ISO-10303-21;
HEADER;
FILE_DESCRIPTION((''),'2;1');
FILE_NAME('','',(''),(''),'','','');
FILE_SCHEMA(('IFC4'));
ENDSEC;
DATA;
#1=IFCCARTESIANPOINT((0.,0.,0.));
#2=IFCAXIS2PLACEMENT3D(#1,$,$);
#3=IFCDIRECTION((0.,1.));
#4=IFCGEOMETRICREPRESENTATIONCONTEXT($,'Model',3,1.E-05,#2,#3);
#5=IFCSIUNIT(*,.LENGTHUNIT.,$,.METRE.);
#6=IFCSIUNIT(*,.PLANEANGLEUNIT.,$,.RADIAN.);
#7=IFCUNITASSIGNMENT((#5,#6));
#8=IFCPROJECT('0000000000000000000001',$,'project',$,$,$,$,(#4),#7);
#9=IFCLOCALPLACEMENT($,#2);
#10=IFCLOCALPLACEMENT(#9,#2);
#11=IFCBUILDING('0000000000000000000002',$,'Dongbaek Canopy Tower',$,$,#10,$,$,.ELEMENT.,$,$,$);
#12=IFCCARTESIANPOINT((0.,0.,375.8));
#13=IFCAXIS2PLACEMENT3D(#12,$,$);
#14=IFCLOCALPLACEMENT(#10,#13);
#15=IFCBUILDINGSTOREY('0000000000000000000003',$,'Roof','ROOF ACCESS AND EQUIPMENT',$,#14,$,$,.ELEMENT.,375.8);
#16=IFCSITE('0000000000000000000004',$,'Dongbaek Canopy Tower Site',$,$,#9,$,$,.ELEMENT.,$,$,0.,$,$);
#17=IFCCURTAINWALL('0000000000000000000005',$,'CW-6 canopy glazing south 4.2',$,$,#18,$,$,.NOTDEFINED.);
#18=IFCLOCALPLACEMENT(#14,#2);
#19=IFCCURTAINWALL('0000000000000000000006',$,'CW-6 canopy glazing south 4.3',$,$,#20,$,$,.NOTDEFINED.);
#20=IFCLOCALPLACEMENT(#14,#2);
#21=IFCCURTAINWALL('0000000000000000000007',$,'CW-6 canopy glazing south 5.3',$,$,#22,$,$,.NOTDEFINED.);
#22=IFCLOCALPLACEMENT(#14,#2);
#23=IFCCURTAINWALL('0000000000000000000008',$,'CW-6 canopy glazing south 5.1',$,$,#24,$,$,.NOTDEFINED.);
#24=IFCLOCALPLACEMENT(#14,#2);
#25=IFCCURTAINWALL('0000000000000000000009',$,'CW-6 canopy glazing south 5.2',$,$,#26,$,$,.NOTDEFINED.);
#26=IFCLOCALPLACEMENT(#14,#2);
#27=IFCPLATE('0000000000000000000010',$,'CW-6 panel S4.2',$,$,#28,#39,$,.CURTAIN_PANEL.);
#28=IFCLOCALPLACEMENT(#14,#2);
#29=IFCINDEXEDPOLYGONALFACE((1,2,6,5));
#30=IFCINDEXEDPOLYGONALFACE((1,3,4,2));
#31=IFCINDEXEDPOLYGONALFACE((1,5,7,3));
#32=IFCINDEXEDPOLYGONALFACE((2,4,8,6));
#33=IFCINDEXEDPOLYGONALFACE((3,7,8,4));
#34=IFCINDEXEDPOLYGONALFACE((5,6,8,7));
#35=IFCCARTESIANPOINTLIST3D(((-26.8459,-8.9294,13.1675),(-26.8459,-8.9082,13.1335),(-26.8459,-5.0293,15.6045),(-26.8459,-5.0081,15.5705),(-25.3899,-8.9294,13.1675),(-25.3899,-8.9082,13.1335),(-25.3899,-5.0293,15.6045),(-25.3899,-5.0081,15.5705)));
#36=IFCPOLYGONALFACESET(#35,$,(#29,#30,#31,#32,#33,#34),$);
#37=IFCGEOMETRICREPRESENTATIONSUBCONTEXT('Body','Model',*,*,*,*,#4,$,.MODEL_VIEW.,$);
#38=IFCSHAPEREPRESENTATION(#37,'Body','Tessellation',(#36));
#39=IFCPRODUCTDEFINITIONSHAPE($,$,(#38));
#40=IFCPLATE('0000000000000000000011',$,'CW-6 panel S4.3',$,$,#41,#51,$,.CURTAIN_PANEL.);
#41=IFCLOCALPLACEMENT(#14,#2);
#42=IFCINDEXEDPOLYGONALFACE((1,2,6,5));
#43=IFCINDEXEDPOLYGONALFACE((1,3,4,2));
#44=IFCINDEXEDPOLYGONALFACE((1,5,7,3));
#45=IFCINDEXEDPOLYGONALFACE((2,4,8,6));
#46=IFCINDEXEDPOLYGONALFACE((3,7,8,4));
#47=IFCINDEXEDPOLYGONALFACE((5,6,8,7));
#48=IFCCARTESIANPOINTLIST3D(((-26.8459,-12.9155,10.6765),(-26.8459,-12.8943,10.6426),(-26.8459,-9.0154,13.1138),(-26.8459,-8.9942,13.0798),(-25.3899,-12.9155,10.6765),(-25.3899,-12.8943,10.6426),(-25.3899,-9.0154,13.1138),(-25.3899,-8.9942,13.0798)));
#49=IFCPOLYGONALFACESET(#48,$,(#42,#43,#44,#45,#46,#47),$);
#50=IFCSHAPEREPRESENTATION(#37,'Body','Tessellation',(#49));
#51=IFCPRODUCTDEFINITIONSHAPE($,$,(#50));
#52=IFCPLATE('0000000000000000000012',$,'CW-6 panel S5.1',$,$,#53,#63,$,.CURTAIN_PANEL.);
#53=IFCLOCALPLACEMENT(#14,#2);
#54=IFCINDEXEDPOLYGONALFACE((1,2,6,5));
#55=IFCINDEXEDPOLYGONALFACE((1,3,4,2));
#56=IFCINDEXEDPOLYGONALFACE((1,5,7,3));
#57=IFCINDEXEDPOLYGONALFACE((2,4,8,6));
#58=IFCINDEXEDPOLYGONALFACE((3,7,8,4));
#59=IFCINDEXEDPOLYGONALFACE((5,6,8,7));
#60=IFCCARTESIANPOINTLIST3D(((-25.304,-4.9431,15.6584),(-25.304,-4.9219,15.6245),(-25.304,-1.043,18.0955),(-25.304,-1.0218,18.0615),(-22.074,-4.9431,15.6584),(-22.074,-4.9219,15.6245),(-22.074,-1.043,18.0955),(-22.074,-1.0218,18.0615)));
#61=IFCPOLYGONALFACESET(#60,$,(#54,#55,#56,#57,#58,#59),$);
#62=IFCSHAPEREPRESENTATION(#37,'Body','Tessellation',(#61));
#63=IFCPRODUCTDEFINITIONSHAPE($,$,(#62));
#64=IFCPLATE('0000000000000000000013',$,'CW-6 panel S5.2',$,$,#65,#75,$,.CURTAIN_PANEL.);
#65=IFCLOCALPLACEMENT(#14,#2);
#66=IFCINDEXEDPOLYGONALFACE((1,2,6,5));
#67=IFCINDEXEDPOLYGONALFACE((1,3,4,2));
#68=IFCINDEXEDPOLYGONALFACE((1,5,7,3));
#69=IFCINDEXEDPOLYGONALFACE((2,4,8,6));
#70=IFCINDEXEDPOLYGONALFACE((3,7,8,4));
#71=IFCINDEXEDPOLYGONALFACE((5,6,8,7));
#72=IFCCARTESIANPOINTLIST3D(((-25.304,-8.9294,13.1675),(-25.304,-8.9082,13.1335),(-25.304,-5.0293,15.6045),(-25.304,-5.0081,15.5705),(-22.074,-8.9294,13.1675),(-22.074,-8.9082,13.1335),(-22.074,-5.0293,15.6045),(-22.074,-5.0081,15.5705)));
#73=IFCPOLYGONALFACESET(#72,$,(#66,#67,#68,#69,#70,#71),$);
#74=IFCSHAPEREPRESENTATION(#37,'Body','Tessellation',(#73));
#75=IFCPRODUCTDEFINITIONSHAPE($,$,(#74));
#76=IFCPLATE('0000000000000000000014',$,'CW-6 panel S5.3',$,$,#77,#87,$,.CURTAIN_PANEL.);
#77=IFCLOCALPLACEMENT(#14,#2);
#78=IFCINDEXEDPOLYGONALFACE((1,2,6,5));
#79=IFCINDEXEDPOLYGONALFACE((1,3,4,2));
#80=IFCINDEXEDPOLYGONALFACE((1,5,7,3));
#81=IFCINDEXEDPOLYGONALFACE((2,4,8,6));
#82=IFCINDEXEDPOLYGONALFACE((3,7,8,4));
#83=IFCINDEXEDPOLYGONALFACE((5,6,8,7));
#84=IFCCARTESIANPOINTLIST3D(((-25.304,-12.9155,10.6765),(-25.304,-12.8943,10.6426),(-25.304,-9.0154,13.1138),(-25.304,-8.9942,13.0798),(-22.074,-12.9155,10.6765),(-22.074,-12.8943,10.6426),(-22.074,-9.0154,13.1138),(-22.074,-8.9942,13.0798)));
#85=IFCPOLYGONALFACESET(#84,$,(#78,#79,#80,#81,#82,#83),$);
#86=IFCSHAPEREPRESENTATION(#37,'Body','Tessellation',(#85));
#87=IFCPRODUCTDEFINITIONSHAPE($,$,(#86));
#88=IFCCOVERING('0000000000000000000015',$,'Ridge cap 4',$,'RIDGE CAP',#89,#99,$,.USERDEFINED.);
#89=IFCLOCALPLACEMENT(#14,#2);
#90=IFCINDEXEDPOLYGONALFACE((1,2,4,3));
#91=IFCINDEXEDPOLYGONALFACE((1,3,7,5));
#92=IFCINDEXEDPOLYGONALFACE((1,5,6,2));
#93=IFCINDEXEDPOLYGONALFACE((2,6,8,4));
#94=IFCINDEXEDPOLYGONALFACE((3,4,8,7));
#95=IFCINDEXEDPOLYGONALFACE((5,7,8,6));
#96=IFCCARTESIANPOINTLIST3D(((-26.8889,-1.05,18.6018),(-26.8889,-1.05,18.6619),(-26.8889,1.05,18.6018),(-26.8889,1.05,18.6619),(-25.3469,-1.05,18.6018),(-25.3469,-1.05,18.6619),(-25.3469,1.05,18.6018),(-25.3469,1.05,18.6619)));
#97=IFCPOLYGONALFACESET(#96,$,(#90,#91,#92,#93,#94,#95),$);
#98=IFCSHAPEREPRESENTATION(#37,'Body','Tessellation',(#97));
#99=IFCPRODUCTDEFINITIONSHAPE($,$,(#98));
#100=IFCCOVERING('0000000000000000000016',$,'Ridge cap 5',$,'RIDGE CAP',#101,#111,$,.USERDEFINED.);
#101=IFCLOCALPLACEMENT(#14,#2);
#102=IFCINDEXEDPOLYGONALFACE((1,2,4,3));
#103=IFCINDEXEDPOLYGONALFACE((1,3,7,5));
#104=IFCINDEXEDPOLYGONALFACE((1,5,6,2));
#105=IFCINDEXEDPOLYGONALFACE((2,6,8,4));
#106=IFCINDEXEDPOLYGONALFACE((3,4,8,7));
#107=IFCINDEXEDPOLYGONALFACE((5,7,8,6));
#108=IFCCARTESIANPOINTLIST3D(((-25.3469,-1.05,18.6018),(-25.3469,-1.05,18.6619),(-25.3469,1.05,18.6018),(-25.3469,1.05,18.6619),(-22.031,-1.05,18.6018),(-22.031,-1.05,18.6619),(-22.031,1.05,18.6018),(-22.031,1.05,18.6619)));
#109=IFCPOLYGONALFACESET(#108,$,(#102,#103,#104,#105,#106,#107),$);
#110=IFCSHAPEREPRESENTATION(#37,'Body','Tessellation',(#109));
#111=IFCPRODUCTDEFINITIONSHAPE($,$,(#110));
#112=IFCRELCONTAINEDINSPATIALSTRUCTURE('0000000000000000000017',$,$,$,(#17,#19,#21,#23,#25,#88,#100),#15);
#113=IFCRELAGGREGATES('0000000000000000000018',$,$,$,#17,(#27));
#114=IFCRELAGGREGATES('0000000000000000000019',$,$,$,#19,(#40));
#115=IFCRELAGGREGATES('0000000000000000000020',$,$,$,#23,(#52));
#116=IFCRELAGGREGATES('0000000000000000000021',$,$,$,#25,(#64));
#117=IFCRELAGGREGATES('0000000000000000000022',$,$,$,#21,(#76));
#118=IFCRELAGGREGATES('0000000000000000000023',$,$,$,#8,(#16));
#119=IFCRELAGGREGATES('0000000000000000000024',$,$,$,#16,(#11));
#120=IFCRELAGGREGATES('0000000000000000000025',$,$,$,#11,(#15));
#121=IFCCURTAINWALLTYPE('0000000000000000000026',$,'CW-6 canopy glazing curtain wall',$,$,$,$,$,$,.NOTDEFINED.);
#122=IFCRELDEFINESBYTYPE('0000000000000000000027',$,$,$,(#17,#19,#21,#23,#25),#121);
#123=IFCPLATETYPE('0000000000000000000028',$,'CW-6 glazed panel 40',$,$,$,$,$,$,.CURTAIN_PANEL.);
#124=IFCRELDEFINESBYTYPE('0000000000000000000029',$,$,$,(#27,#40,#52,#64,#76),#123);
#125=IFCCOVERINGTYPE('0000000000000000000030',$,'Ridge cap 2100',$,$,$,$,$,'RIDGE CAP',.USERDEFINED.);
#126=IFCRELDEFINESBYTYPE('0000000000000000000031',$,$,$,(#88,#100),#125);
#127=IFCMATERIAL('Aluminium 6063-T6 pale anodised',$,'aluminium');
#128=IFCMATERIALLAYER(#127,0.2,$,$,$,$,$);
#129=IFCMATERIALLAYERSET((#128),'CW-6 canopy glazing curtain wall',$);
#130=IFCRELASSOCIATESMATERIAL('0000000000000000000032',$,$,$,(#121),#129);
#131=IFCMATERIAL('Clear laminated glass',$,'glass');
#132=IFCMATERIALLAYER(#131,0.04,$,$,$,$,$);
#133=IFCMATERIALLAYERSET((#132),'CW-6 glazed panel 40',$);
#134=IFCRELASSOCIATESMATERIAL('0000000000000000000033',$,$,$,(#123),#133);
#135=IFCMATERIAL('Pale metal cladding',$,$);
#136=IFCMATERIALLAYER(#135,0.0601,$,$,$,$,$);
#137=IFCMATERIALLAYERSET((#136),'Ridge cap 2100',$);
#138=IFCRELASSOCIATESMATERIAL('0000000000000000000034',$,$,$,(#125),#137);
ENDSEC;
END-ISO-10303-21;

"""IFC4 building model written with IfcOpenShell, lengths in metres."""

from ifc_helpers import new_model, si_unit, direction, frame, origin, origin_2d, place, context, subcontext, project, spatial, polyline, rectangle, outline, extrude, material, layer, layer_set, type_object, element, aggregate, save


model = new_model("IFC4")

# Units and contexts
model_context = context("Model", 3, precision=1e-05, world=origin(), true_north=direction((0.0, 1.0)))
body_context = subcontext(model_context, "Body", "Model", "MODEL_VIEW")
ifc_project = project(units=[si_unit("LENGTHUNIT", "METRE"), si_unit("PLANEANGLEUNIT", "RADIAN")], contexts=[model_context])

# Site, building, storey
site_placement = place(None, origin())
site = spatial("IfcSite", under=ifc_project, at=site_placement, Name="Dongbaek Canopy Tower Site", CompositionType="ELEMENT", RefElevation=0.0)
building_placement = place(site_placement, origin())
building = spatial("IfcBuilding", under=site, at=building_placement, Name="Dongbaek Canopy Tower", CompositionType="ELEMENT")
storey_placement = place(building_placement, frame((0.0, 0.0, 375.8)))
storey = spatial("IfcBuildingStorey", under=building, at=storey_placement, Name="Roof", Description="ROOF ACCESS AND EQUIPMENT", CompositionType="ELEMENT", Elevation=375.8)

# Curtain walls
ifc_material_1 = material(Name="Aluminium 6063-T6 pale anodised", Category="aluminium")
ifc_layer_1 = layer(ifc_material_1, 0.2)
ifc_layer_set_1 = layer_set([ifc_layer_1], Name="CW-6 canopy glazing curtain wall")
curtain_wall_type = type_object("IfcCurtainWallType", Name="CW-6 canopy glazing curtain wall", PredefinedType="NOTDEFINED", material=ifc_layer_set_1)
curtain_wall_1_placement = place(storey_placement, origin())
curtain_wall_1 = element("IfcCurtainWall", 1, at=curtain_wall_1_placement, inside=storey, type_object=curtain_wall_type, Name="CW-6 canopy glazing south 4.2", PredefinedType="NOTDEFINED")
curtain_wall_2_placement = place(storey_placement, origin())
curtain_wall_2 = element("IfcCurtainWall", 2, at=curtain_wall_2_placement, inside=storey, type_object=curtain_wall_type, Name="CW-6 canopy glazing south 4.3", PredefinedType="NOTDEFINED")
curtain_wall_3_placement = place(storey_placement, origin())
curtain_wall_3 = element("IfcCurtainWall", 3, at=curtain_wall_3_placement, inside=storey, type_object=curtain_wall_type, Name="CW-6 canopy glazing south 5.3", PredefinedType="NOTDEFINED")

# Curtain wall
curtain_wall_4_placement = place(storey_placement, origin())
curtain_wall_4 = element("IfcCurtainWall", 4, at=curtain_wall_4_placement, inside=storey, type_object=curtain_wall_type, Name="CW-6 canopy glazing south 5.1", PredefinedType="NOTDEFINED")

# Curtain wall
curtain_wall_5_placement = place(storey_placement, origin())
curtain_wall_5 = element("IfcCurtainWall", 5, at=curtain_wall_5_placement, inside=storey, type_object=curtain_wall_type, Name="CW-6 canopy glazing south 5.2", PredefinedType="NOTDEFINED")

# Plates
ifc_material_2 = material(Name="Clear laminated glass", Category="glass")
ifc_layer_2 = layer(ifc_material_2, 0.04)
ifc_layer_set_2 = layer_set([ifc_layer_2], Name="CW-6 glazed panel 40")
plate_type = type_object("IfcPlateType", Name="CW-6 glazed panel 40", PredefinedType="CURTAIN_PANEL", material=ifc_layer_set_2)
plate_1_placement = place(storey_placement, frame((-26.8459, -5.0293, 15.6045), z_axis=(0.0, -0.529908, 0.848055), x_axis=(1.0, 0.0, 0.0)))
plate_1 = element("IfcPlate", 6, at=plate_1_placement, type_object=plate_type, Name="CW-6 panel S4.2", PredefinedType="CURTAIN_PANEL", context=body_context, shape_type="SweptSolid", body=[
    extrude(outline(polyline([(0.0, 0.0), (1.4561, 0.0), (1.4561, -4.5989), (0.0, -4.5989), (0.0, 0.0)])), origin(), (0.0, 0.0, -1.0), 0.04),
])
aggregate(curtain_wall_1, [plate_1])
plate_2_placement = place(storey_placement, frame((-26.8459, -9.0154, 13.1138), z_axis=(0.0, -0.529946, 0.848031), x_axis=(1.0, 0.0, 0.0)))
plate_2 = element("IfcPlate", 7, at=plate_2_placement, type_object=plate_type, Name="CW-6 panel S4.3", PredefinedType="CURTAIN_PANEL", context=body_context, shape_type="SweptSolid", body=[
    extrude(outline(polyline([(0.0, 0.0), (1.4561, 0.0), (1.4561, -4.5991), (0.0, -4.5991), (0.0, 0.0)])), origin(), (0.0, 0.0, -1.0), 0.04),
])
aggregate(curtain_wall_2, [plate_2])
plate_3_placement = place(storey_placement, frame((-25.304, -1.043, 18.0955), z_axis=(0.0, -0.529908, 0.848055), x_axis=(1.0, 0.0, 0.0)))
plate_3 = element("IfcPlate", 8, at=plate_3_placement, type_object=plate_type, Name="CW-6 panel S5.1", PredefinedType="CURTAIN_PANEL", context=body_context, shape_type="SweptSolid", body=[
    extrude(outline(polyline([(0.0, 0.0), (3.23, 0.0), (3.23, -4.5989), (0.0, -4.5989), (0.0, 0.0)])), origin(), (0.0, 0.0, -1.0), 0.04),
])
aggregate(curtain_wall_4, [plate_3])
plate_4_placement = place(storey_placement, frame((-25.304, -5.0293, 15.6045), z_axis=(0.0, -0.529908, 0.848055), x_axis=(1.0, 0.0, 0.0)))
plate_4 = element("IfcPlate", 9, at=plate_4_placement, type_object=plate_type, Name="CW-6 panel S5.2", PredefinedType="CURTAIN_PANEL", context=body_context, shape_type="SweptSolid", body=[
    extrude(outline(polyline([(0.0, 0.0), (3.23, 0.0), (3.23, -4.5989), (0.0, -4.5989), (0.0, 0.0)])), origin(), (0.0, 0.0, -1.0), 0.04),
])
aggregate(curtain_wall_5, [plate_4])
plate_5_placement = place(storey_placement, frame((-25.304, -9.0154, 13.1138), z_axis=(0.0, -0.529946, 0.848031), x_axis=(1.0, 0.0, 0.0)))
plate_5 = element("IfcPlate", 10, at=plate_5_placement, type_object=plate_type, Name="CW-6 panel S5.3", PredefinedType="CURTAIN_PANEL", context=body_context, shape_type="SweptSolid", body=[
    extrude(outline(polyline([(0.0, 0.0), (3.23, 0.0), (3.23, -4.5991), (0.0, -4.5991), (0.0, 0.0)])), origin(), (0.0, 0.0, -1.0), 0.04),
])
aggregate(curtain_wall_3, [plate_5])

# Coverings
ifc_material_3 = material(Name="Pale metal cladding")
ifc_layer_3 = layer(ifc_material_3, 0.0601)
ifc_layer_set_3 = layer_set([ifc_layer_3], Name="Ridge cap 2100")
covering_type = type_object("IfcCoveringType", Name="Ridge cap 2100", ElementType="RIDGE CAP", PredefinedType="USERDEFINED", material=ifc_layer_set_3)
covering_1_placement = place(storey_placement, frame((-26.1179, 0.0, 18.6018), z_axis=(0.0, 0.0, 1.0), x_axis=(1.0, 0.0, 0.0)))
element("IfcCovering", 11, at=covering_1_placement, inside=storey, type_object=covering_type, Name="Ridge cap 4", ObjectType="RIDGE CAP", PredefinedType="USERDEFINED", context=body_context, shape_type="SweptSolid", body=[
    extrude(rectangle(XDim=1.542, YDim=2.1001, at=origin_2d()), origin(), (0.0, 0.0, 1.0), 0.0601),
])
covering_2_placement = place(storey_placement, frame((-23.689, 0.0, 18.6018), z_axis=(0.0, 0.0, 1.0), x_axis=(1.0, 0.0, 0.0)))
element("IfcCovering", 12, at=covering_2_placement, inside=storey, type_object=covering_type, Name="Ridge cap 5", ObjectType="RIDGE CAP", PredefinedType="USERDEFINED", context=body_context, shape_type="SweptSolid", body=[
    extrude(rectangle(XDim=3.3159, YDim=2.1001, at=origin_2d()), origin(), (0.0, 0.0, 1.0), 0.0601),
])

save(model, "model.ifc")
